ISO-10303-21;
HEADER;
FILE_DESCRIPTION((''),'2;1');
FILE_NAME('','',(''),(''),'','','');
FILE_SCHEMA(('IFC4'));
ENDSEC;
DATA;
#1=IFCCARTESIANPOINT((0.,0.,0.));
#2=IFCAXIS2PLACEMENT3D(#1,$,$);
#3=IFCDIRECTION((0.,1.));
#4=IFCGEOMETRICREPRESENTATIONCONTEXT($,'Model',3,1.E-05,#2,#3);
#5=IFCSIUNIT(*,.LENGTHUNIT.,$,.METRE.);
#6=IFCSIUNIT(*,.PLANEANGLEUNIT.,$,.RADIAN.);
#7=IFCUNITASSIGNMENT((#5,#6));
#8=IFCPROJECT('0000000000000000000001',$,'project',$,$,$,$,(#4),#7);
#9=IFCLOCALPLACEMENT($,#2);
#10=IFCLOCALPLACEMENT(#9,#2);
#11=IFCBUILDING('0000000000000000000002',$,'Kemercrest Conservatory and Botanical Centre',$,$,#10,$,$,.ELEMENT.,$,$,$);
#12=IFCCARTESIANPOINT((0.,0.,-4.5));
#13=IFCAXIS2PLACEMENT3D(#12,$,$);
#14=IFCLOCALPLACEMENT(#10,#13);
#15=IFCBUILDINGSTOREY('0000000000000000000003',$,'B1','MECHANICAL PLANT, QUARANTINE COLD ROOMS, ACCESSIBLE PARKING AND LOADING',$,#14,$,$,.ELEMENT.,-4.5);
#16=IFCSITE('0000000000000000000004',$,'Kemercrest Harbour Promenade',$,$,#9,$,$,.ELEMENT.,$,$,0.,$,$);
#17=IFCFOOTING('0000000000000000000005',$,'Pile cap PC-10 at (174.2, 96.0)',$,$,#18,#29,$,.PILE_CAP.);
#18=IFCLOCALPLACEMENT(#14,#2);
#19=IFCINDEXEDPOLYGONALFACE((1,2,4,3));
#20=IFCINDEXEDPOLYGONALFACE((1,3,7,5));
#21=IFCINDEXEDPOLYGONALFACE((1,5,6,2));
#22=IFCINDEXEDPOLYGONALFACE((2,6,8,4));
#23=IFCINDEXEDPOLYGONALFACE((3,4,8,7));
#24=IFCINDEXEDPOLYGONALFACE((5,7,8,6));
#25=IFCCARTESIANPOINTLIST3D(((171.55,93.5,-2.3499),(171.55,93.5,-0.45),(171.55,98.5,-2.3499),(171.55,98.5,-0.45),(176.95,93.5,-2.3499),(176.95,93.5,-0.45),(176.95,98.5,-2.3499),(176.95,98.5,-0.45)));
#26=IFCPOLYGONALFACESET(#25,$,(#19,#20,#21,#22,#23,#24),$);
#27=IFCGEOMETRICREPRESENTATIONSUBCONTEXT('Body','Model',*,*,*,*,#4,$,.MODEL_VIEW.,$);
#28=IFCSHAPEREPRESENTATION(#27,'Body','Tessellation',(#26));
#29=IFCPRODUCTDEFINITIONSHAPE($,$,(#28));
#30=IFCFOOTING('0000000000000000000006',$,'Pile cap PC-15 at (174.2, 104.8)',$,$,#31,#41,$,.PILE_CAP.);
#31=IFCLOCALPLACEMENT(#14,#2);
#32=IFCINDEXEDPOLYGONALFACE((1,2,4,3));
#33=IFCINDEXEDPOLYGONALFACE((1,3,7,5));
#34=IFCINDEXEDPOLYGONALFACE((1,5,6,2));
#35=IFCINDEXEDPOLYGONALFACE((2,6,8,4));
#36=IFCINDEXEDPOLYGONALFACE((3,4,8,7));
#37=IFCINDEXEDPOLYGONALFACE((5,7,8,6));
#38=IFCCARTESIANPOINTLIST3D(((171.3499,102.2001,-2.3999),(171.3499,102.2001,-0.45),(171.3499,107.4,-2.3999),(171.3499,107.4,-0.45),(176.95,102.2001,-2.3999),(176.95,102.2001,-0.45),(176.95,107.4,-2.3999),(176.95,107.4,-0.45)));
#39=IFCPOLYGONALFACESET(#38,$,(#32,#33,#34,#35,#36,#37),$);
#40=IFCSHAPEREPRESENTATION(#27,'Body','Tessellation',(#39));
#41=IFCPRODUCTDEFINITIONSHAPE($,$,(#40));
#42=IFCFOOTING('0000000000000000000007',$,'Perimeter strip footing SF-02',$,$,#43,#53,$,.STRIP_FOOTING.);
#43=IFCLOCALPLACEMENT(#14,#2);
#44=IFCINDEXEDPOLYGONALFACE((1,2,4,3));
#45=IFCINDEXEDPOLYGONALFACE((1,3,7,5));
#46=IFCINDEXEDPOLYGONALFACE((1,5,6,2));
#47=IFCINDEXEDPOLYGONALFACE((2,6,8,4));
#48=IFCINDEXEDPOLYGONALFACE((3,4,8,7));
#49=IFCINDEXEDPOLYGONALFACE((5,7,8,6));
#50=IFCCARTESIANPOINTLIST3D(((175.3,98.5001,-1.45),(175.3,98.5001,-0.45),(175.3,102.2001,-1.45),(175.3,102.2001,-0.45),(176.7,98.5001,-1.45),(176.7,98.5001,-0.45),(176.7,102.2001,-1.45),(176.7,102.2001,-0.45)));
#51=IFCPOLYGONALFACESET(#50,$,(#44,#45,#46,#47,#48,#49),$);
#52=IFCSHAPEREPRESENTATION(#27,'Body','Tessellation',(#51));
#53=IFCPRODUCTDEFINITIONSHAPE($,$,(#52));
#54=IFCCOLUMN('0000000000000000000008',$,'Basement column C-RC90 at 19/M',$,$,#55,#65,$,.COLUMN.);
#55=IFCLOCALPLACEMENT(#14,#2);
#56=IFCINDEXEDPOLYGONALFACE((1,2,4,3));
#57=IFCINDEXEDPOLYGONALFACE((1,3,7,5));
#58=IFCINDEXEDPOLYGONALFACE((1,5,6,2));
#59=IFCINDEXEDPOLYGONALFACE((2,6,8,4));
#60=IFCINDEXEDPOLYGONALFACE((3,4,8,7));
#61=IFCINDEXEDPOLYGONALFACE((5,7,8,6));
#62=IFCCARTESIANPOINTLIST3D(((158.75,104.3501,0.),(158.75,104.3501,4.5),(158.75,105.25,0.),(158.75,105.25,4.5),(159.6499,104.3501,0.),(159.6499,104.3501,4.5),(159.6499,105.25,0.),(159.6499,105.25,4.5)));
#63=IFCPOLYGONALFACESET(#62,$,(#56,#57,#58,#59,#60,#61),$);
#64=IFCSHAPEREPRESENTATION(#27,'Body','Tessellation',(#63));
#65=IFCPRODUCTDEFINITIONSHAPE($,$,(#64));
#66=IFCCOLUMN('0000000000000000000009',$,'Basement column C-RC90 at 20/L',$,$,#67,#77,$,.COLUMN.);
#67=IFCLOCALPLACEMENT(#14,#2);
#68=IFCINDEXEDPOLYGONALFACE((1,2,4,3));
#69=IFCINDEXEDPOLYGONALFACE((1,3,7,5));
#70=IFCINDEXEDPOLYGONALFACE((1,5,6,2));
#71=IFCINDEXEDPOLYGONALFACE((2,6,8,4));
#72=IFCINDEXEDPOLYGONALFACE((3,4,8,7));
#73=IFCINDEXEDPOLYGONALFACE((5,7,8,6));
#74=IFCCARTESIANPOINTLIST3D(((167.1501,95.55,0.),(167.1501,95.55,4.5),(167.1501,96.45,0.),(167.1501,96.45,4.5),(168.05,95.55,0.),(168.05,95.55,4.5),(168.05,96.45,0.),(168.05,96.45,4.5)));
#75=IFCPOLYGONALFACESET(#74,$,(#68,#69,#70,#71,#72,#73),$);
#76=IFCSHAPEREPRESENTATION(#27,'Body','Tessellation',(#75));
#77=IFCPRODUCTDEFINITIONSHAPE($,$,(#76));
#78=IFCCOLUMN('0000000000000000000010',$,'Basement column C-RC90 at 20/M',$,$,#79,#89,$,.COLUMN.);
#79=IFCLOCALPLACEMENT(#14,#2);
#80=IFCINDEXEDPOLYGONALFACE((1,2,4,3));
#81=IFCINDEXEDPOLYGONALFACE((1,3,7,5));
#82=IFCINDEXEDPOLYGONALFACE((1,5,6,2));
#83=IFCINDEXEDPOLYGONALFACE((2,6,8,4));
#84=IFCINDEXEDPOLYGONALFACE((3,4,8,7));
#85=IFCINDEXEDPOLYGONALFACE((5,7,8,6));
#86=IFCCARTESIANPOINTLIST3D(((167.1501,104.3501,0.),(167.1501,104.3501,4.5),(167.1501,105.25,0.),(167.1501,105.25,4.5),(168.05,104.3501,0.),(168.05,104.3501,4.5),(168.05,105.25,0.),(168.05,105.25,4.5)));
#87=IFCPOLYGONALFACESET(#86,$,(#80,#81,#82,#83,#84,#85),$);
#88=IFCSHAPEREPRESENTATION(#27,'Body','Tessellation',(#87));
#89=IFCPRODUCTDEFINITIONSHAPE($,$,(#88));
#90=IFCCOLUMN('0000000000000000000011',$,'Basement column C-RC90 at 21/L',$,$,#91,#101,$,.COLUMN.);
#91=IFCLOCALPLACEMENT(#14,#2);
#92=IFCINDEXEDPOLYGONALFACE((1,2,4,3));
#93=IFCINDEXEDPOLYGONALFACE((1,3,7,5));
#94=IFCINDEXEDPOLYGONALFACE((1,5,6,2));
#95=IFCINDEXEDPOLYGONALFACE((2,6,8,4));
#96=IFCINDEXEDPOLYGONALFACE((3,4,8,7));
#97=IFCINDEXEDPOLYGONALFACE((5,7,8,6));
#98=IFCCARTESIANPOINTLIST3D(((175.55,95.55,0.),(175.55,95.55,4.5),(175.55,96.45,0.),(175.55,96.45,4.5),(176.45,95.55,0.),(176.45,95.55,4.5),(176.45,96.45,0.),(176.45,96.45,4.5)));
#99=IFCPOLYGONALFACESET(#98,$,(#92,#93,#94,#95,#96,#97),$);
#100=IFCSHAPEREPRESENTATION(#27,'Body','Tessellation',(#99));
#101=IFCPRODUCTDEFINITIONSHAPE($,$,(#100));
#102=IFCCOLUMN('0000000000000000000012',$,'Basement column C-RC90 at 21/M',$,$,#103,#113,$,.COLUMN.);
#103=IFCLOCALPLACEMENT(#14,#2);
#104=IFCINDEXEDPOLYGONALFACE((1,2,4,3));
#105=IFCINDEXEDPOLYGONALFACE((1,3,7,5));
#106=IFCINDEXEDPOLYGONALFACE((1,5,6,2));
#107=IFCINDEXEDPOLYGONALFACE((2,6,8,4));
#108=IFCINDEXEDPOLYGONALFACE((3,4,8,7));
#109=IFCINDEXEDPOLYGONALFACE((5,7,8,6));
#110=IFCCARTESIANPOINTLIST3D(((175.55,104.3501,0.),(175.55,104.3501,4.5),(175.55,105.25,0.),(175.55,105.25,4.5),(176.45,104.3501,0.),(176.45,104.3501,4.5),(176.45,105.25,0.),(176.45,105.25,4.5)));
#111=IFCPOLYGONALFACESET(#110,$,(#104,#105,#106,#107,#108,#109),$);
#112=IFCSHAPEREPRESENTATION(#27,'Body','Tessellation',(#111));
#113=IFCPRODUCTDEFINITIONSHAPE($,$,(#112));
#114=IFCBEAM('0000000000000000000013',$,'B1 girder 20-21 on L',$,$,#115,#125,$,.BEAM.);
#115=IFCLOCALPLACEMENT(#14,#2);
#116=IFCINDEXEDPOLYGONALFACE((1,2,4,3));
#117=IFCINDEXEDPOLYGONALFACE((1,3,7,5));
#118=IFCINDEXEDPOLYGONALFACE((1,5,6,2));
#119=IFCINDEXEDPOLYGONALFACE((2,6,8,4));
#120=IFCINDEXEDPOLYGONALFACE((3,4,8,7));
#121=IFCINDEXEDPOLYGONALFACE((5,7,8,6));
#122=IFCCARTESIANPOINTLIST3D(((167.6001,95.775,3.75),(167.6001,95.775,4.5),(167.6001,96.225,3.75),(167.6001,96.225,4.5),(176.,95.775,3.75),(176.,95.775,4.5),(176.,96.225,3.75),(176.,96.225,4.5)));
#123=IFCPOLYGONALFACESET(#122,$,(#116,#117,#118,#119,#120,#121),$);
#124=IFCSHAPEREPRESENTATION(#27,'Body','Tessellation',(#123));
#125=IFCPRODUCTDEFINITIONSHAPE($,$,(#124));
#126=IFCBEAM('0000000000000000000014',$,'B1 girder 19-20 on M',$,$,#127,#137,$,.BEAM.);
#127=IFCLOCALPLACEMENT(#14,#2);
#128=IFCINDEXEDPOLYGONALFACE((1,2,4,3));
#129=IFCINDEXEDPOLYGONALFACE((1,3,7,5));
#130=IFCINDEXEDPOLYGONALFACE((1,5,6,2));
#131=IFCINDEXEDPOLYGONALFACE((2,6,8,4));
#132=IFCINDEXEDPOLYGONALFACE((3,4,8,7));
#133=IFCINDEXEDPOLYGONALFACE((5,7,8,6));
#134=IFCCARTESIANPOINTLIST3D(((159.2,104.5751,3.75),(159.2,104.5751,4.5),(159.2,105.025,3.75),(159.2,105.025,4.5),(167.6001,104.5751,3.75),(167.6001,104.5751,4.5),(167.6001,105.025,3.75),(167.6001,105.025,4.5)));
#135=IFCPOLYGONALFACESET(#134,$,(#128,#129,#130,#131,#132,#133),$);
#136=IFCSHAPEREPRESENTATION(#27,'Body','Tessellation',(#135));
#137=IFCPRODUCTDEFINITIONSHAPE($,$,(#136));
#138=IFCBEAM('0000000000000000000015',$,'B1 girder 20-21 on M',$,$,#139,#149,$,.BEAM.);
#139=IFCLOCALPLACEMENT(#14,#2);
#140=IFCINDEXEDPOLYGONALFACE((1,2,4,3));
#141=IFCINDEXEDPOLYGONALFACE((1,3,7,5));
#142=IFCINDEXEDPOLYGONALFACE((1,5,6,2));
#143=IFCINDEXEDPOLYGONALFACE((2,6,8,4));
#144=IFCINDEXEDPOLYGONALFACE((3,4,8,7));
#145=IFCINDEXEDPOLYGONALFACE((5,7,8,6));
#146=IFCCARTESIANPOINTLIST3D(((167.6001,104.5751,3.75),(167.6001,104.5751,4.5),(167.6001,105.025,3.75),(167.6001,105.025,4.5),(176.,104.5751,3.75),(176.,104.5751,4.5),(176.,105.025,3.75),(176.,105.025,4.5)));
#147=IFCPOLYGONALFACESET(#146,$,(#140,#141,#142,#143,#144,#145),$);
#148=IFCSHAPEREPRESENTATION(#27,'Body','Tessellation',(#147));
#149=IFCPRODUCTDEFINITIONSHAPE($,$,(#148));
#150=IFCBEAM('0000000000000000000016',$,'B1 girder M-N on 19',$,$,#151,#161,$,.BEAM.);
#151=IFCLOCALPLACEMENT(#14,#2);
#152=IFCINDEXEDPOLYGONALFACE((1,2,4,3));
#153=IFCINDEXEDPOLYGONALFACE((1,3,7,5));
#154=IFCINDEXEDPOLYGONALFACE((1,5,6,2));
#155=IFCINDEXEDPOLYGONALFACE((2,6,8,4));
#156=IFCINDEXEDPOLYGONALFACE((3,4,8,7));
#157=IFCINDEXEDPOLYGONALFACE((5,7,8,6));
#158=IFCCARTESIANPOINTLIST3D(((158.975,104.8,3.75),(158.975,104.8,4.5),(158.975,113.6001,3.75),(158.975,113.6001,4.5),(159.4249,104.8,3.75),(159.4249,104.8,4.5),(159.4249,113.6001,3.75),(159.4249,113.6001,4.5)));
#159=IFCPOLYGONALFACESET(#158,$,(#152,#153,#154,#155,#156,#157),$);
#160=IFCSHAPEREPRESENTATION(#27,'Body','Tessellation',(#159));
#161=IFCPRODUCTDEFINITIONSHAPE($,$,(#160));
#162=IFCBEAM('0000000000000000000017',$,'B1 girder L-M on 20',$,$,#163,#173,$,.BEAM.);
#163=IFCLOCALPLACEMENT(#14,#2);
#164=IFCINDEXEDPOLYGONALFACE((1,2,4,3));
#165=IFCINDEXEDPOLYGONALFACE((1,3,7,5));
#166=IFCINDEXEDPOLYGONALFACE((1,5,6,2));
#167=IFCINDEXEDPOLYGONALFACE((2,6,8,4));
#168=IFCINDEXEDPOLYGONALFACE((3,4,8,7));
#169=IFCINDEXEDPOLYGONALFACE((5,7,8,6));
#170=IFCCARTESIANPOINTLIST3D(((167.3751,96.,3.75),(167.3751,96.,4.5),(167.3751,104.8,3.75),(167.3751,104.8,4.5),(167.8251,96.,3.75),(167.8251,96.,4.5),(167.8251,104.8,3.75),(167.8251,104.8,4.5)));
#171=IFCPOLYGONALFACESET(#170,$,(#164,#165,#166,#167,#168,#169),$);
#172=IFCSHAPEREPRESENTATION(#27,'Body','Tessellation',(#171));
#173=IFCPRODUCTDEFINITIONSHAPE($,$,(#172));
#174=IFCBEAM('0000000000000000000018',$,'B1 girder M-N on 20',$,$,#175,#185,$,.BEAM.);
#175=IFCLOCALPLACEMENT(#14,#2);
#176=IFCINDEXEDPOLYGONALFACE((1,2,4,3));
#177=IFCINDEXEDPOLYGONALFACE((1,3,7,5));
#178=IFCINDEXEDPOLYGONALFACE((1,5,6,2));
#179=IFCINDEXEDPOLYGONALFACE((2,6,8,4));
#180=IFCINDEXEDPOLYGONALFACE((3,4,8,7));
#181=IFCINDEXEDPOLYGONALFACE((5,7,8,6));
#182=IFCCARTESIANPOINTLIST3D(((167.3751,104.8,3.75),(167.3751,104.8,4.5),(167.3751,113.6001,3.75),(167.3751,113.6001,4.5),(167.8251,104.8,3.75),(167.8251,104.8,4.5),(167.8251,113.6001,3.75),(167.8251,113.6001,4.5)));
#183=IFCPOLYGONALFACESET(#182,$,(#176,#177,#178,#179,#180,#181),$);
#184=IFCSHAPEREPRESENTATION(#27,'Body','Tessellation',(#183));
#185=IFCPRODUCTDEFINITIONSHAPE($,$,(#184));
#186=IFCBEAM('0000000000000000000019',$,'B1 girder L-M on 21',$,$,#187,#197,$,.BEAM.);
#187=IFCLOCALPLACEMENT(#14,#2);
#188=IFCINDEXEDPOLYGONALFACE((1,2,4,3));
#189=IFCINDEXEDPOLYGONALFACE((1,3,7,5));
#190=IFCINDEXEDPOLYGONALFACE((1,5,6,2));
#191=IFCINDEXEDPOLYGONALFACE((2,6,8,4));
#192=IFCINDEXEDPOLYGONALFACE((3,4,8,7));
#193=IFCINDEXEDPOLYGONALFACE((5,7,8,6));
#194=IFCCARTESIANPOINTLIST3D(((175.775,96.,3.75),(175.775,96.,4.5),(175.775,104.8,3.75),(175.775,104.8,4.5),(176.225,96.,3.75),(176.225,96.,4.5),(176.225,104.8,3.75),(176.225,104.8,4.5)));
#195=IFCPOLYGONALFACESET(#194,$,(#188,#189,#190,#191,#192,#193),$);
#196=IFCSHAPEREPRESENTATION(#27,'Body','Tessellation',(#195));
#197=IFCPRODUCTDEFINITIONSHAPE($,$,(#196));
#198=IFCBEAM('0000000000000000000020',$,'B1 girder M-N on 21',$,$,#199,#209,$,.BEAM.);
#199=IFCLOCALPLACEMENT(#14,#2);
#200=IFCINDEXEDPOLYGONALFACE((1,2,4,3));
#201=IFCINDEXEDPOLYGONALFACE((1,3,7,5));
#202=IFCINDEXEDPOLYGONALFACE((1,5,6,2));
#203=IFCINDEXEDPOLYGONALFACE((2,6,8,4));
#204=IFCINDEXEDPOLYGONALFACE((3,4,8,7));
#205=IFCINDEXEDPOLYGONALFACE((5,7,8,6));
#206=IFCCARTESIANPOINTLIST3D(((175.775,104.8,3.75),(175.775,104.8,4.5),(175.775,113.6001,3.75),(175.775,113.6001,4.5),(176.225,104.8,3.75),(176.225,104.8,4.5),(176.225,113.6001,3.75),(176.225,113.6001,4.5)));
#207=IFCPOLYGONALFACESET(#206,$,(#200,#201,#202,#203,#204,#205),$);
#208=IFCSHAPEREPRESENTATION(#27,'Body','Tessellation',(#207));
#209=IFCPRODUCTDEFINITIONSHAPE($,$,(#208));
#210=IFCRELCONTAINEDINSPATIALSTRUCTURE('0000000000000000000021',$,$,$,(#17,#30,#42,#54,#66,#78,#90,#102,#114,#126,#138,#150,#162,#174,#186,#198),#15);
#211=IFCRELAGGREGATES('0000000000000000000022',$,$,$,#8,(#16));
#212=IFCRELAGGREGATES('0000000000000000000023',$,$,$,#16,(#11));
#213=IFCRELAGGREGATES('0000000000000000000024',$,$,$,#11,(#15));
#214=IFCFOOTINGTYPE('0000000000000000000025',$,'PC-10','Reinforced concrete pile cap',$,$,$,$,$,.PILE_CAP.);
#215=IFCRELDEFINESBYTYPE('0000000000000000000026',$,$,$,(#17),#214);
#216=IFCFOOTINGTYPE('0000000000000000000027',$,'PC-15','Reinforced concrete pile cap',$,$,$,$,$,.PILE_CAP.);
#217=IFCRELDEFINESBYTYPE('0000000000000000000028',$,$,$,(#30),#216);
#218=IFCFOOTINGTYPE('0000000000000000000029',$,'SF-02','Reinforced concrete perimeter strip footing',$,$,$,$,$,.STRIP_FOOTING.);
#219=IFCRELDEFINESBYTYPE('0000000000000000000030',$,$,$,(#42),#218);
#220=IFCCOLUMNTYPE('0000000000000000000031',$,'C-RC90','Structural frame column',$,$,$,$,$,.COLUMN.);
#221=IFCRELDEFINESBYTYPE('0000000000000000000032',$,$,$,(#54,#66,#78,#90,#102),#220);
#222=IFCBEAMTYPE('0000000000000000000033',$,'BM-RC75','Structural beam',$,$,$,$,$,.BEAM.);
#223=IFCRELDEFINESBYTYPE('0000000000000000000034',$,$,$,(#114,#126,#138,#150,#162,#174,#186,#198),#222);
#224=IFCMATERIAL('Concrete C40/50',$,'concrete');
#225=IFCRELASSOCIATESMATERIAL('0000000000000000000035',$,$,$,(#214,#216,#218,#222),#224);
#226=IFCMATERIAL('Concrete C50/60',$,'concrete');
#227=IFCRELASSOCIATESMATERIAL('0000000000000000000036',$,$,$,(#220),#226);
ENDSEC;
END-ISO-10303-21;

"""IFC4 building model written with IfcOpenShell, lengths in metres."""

from ifc_helpers import new_model, si_unit, direction, frame, origin, origin_2d, place, context, subcontext, project, spatial, rectangle, extrude, material, material_profile, profile_set, type_object, element, save


model = new_model("IFC4")

# Units and contexts
model_context = context("Model", 3, precision=1e-05, world=origin(), true_north=direction((0.0, 1.0)))
body_context = subcontext(model_context, "Body", "Model", "MODEL_VIEW")
ifc_project = project(units=[si_unit("LENGTHUNIT", "METRE"), si_unit("PLANEANGLEUNIT", "RADIAN")], contexts=[model_context])

# Site, building, storey
site_placement = place(None, origin())
site = spatial("IfcSite", under=ifc_project, at=site_placement, Name="Kemercrest Harbour Promenade", CompositionType="ELEMENT", RefElevation=0.0)
building_placement = place(site_placement, origin())
building = spatial("IfcBuilding", under=site, at=building_placement, Name="Kemercrest Conservatory and Botanical Centre", CompositionType="ELEMENT")
storey_placement = place(building_placement, frame((0.0, 0.0, -4.5)))
storey = spatial("IfcBuildingStorey", under=building, at=storey_placement, Name="B1", Description="MECHANICAL PLANT, QUARANTINE COLD ROOMS, ACCESSIBLE PARKING AND LOADING", CompositionType="ELEMENT", Elevation=-4.5)

# Shared definitions
ifc_material_1 = material(Name="Concrete C40/50", Category="concrete")

# Footings
footing_type_1 = type_object("IfcFootingType", Name="PC-10", Description="Reinforced concrete pile cap", PredefinedType="PILE_CAP", material=ifc_material_1)
footing_1_placement = place(storey_placement, frame((174.25, 96.0, -2.3499), z_axis=(0.0, 0.0, 1.0), x_axis=(1.0, 0.0, 0.0)))
element("IfcFooting", 1, at=footing_1_placement, inside=storey, type_object=footing_type_1, Name="Pile cap PC-10 at (174.2, 96.0)", PredefinedType="PILE_CAP", context=body_context, shape_type="SweptSolid", body=[
    extrude(rectangle(XDim=5.3999, YDim=5.0, at=origin_2d()), origin(), (0.0, 0.0, 1.0), 1.8999),
])
footing_type_2 = type_object("IfcFootingType", Name="PC-15", Description="Reinforced concrete pile cap", PredefinedType="PILE_CAP", material=ifc_material_1)
footing_2_placement = place(storey_placement, frame((174.1499, 104.8, -2.3999), z_axis=(0.0, 0.0, 1.0), x_axis=(1.0, 0.0, 0.0)))
element("IfcFooting", 2, at=footing_2_placement, inside=storey, type_object=footing_type_2, Name="Pile cap PC-15 at (174.2, 104.8)", PredefinedType="PILE_CAP", context=body_context, shape_type="SweptSolid", body=[
    extrude(rectangle(XDim=5.6001, YDim=5.2, at=origin_2d()), origin(), (0.0, 0.0, 1.0), 1.95),
])
footing_type_3 = type_object("IfcFootingType", Name="SF-02", Description="Reinforced concrete perimeter strip footing", PredefinedType="STRIP_FOOTING", material=ifc_material_1)
footing_3_placement = place(storey_placement, frame((176.0, 100.3501, -1.45), z_axis=(0.0, 0.0, 1.0), x_axis=(1.0, 0.0, 0.0)))
element("IfcFooting", 3, at=footing_3_placement, inside=storey, type_object=footing_type_3, Name="Perimeter strip footing SF-02", PredefinedType="STRIP_FOOTING", context=body_context, shape_type="SweptSolid", body=[
    extrude(rectangle(XDim=1.3999, YDim=3.7, at=origin_2d()), origin(), (0.0, 0.0, 1.0), 1.0),
])

# Columns
ifc_material_2 = material(Name="Concrete C50/60", Category="concrete")
ifc_material_profile_1 = material_profile(ifc_material_2, rectangle(XDim=0.8999, YDim=0.8999, at=origin_2d()), Name="RC 900x900")
ifc_profile_set_1 = profile_set([ifc_material_profile_1], Name="Concrete C50/60")
column_type = type_object("IfcColumnType", Name="C-RC90", Description="Structural frame column", PredefinedType="COLUMN", material=ifc_profile_set_1)
for number, where, z_axis, x_axis, name in (
    (4, (159.2, 104.8, 0.0), (0.0, 0.0, 1.0), (1.0, 0.0, 0.0), "Basement column C-RC90 at 19/M"),
    (5, (167.6001, 96.0, 0.0), (0.0, 0.0, 1.0), (1.0, 0.0, 0.0), "Basement column C-RC90 at 20/L"),
    (6, (167.6001, 104.8, 0.0), (0.0, 0.0, 1.0), (1.0, 0.0, 0.0), "Basement column C-RC90 at 20/M"),
    (7, (176.0, 96.0, 0.0), (0.0, 0.0, 1.0), (1.0, 0.0, 0.0), "Basement column C-RC90 at 21/L"),
    (8, (176.0, 104.8, 0.0), (0.0, 0.0, 1.0), (1.0, 0.0, 0.0), "Basement column C-RC90 at 21/M"),
):
    element("IfcColumn", number, at=place(storey_placement, frame(where, z_axis=z_axis, x_axis=x_axis)), inside=storey, type_object=column_type, Name=name, PredefinedType="COLUMN", context=body_context, shape_type="SweptSolid", body=[
        extrude(rectangle(XDim=0.8999, YDim=0.8999, at=origin_2d()), origin(), (0.0, 0.0, 1.0), 4.5),
    ])

# Beams
ifc_material_profile_2 = material_profile(ifc_material_1, rectangle(XDim=0.45, YDim=0.75, at=origin_2d()), Name="RC 450x750")
ifc_profile_set_2 = profile_set([ifc_material_profile_2], Name="Concrete C40/50")
beam_type = type_object("IfcBeamType", Name="BM-RC75", Description="Structural beam", PredefinedType="BEAM", material=ifc_profile_set_2)
beam_1_placement = place(storey_placement, frame((167.6001, 96.0, 4.125), z_axis=(1.0, 0.0, 0.0), x_axis=(0.0, 1.0, 0.0)))
element("IfcBeam", 9, at=beam_1_placement, inside=storey, type_object=beam_type, Name="B1 girder 20-21 on L", PredefinedType="BEAM", context=body_context, shape_type="SweptSolid", body=[
    extrude(rectangle(XDim=0.45, YDim=0.75, at=origin_2d()), origin(), (0.0, 0.0, 1.0), 8.3999),
])
beam_2_placement = place(storey_placement, frame((159.2, 104.8, 4.125), z_axis=(1.0, 0.0, 0.0), x_axis=(0.0, 1.0, 0.0)))
element("IfcBeam", 10, at=beam_2_placement, inside=storey, type_object=beam_type, Name="B1 girder 19-20 on M", PredefinedType="BEAM", context=body_context, shape_type="SweptSolid", body=[
    extrude(rectangle(XDim=0.45, YDim=0.75, at=origin_2d()), origin(), (0.0, 0.0, 1.0), 8.4001),
])
beam_3_placement = place(storey_placement, frame((167.6001, 104.8, 4.125), z_axis=(1.0, 0.0, 0.0), x_axis=(0.0, 1.0, 0.0)))
element("IfcBeam", 11, at=beam_3_placement, inside=storey, type_object=beam_type, Name="B1 girder 20-21 on M", PredefinedType="BEAM", context=body_context, shape_type="SweptSolid", body=[
    extrude(rectangle(XDim=0.45, YDim=0.75, at=origin_2d()), origin(), (0.0, 0.0, 1.0), 8.3999),
])
for number, where, z_axis, x_axis, name in (
    (12, (159.2, 104.8, 4.125), (0.0, 1.0, 0.0), (-1.0, 0.0, 0.0), "B1 girder M-N on 19"),
    (13, (167.6001, 96.0, 4.125), (0.0, 1.0, 0.0), (-1.0, 0.0, 0.0), "B1 girder L-M on 20"),
    (14, (167.6001, 104.8, 4.125), (0.0, 1.0, 0.0), (-1.0, 0.0, 0.0), "B1 girder M-N on 20"),
    (15, (176.0, 96.0, 4.125), (0.0, 1.0, 0.0), (-1.0, 0.0, 0.0), "B1 girder L-M on 21"),
    (16, (176.0, 104.8, 4.125), (0.0, 1.0, 0.0), (-1.0, 0.0, 0.0), "B1 girder M-N on 21"),
):
    element("IfcBeam", number, at=place(storey_placement, frame(where, z_axis=z_axis, x_axis=x_axis)), inside=storey, type_object=beam_type, Name=name, PredefinedType="BEAM", context=body_context, shape_type="SweptSolid", body=[
        extrude(rectangle(XDim=0.45, YDim=0.75, at=origin_2d()), origin(), (0.0, 0.0, 1.0), 8.8),
    ])

save(model, "model.ifc")
